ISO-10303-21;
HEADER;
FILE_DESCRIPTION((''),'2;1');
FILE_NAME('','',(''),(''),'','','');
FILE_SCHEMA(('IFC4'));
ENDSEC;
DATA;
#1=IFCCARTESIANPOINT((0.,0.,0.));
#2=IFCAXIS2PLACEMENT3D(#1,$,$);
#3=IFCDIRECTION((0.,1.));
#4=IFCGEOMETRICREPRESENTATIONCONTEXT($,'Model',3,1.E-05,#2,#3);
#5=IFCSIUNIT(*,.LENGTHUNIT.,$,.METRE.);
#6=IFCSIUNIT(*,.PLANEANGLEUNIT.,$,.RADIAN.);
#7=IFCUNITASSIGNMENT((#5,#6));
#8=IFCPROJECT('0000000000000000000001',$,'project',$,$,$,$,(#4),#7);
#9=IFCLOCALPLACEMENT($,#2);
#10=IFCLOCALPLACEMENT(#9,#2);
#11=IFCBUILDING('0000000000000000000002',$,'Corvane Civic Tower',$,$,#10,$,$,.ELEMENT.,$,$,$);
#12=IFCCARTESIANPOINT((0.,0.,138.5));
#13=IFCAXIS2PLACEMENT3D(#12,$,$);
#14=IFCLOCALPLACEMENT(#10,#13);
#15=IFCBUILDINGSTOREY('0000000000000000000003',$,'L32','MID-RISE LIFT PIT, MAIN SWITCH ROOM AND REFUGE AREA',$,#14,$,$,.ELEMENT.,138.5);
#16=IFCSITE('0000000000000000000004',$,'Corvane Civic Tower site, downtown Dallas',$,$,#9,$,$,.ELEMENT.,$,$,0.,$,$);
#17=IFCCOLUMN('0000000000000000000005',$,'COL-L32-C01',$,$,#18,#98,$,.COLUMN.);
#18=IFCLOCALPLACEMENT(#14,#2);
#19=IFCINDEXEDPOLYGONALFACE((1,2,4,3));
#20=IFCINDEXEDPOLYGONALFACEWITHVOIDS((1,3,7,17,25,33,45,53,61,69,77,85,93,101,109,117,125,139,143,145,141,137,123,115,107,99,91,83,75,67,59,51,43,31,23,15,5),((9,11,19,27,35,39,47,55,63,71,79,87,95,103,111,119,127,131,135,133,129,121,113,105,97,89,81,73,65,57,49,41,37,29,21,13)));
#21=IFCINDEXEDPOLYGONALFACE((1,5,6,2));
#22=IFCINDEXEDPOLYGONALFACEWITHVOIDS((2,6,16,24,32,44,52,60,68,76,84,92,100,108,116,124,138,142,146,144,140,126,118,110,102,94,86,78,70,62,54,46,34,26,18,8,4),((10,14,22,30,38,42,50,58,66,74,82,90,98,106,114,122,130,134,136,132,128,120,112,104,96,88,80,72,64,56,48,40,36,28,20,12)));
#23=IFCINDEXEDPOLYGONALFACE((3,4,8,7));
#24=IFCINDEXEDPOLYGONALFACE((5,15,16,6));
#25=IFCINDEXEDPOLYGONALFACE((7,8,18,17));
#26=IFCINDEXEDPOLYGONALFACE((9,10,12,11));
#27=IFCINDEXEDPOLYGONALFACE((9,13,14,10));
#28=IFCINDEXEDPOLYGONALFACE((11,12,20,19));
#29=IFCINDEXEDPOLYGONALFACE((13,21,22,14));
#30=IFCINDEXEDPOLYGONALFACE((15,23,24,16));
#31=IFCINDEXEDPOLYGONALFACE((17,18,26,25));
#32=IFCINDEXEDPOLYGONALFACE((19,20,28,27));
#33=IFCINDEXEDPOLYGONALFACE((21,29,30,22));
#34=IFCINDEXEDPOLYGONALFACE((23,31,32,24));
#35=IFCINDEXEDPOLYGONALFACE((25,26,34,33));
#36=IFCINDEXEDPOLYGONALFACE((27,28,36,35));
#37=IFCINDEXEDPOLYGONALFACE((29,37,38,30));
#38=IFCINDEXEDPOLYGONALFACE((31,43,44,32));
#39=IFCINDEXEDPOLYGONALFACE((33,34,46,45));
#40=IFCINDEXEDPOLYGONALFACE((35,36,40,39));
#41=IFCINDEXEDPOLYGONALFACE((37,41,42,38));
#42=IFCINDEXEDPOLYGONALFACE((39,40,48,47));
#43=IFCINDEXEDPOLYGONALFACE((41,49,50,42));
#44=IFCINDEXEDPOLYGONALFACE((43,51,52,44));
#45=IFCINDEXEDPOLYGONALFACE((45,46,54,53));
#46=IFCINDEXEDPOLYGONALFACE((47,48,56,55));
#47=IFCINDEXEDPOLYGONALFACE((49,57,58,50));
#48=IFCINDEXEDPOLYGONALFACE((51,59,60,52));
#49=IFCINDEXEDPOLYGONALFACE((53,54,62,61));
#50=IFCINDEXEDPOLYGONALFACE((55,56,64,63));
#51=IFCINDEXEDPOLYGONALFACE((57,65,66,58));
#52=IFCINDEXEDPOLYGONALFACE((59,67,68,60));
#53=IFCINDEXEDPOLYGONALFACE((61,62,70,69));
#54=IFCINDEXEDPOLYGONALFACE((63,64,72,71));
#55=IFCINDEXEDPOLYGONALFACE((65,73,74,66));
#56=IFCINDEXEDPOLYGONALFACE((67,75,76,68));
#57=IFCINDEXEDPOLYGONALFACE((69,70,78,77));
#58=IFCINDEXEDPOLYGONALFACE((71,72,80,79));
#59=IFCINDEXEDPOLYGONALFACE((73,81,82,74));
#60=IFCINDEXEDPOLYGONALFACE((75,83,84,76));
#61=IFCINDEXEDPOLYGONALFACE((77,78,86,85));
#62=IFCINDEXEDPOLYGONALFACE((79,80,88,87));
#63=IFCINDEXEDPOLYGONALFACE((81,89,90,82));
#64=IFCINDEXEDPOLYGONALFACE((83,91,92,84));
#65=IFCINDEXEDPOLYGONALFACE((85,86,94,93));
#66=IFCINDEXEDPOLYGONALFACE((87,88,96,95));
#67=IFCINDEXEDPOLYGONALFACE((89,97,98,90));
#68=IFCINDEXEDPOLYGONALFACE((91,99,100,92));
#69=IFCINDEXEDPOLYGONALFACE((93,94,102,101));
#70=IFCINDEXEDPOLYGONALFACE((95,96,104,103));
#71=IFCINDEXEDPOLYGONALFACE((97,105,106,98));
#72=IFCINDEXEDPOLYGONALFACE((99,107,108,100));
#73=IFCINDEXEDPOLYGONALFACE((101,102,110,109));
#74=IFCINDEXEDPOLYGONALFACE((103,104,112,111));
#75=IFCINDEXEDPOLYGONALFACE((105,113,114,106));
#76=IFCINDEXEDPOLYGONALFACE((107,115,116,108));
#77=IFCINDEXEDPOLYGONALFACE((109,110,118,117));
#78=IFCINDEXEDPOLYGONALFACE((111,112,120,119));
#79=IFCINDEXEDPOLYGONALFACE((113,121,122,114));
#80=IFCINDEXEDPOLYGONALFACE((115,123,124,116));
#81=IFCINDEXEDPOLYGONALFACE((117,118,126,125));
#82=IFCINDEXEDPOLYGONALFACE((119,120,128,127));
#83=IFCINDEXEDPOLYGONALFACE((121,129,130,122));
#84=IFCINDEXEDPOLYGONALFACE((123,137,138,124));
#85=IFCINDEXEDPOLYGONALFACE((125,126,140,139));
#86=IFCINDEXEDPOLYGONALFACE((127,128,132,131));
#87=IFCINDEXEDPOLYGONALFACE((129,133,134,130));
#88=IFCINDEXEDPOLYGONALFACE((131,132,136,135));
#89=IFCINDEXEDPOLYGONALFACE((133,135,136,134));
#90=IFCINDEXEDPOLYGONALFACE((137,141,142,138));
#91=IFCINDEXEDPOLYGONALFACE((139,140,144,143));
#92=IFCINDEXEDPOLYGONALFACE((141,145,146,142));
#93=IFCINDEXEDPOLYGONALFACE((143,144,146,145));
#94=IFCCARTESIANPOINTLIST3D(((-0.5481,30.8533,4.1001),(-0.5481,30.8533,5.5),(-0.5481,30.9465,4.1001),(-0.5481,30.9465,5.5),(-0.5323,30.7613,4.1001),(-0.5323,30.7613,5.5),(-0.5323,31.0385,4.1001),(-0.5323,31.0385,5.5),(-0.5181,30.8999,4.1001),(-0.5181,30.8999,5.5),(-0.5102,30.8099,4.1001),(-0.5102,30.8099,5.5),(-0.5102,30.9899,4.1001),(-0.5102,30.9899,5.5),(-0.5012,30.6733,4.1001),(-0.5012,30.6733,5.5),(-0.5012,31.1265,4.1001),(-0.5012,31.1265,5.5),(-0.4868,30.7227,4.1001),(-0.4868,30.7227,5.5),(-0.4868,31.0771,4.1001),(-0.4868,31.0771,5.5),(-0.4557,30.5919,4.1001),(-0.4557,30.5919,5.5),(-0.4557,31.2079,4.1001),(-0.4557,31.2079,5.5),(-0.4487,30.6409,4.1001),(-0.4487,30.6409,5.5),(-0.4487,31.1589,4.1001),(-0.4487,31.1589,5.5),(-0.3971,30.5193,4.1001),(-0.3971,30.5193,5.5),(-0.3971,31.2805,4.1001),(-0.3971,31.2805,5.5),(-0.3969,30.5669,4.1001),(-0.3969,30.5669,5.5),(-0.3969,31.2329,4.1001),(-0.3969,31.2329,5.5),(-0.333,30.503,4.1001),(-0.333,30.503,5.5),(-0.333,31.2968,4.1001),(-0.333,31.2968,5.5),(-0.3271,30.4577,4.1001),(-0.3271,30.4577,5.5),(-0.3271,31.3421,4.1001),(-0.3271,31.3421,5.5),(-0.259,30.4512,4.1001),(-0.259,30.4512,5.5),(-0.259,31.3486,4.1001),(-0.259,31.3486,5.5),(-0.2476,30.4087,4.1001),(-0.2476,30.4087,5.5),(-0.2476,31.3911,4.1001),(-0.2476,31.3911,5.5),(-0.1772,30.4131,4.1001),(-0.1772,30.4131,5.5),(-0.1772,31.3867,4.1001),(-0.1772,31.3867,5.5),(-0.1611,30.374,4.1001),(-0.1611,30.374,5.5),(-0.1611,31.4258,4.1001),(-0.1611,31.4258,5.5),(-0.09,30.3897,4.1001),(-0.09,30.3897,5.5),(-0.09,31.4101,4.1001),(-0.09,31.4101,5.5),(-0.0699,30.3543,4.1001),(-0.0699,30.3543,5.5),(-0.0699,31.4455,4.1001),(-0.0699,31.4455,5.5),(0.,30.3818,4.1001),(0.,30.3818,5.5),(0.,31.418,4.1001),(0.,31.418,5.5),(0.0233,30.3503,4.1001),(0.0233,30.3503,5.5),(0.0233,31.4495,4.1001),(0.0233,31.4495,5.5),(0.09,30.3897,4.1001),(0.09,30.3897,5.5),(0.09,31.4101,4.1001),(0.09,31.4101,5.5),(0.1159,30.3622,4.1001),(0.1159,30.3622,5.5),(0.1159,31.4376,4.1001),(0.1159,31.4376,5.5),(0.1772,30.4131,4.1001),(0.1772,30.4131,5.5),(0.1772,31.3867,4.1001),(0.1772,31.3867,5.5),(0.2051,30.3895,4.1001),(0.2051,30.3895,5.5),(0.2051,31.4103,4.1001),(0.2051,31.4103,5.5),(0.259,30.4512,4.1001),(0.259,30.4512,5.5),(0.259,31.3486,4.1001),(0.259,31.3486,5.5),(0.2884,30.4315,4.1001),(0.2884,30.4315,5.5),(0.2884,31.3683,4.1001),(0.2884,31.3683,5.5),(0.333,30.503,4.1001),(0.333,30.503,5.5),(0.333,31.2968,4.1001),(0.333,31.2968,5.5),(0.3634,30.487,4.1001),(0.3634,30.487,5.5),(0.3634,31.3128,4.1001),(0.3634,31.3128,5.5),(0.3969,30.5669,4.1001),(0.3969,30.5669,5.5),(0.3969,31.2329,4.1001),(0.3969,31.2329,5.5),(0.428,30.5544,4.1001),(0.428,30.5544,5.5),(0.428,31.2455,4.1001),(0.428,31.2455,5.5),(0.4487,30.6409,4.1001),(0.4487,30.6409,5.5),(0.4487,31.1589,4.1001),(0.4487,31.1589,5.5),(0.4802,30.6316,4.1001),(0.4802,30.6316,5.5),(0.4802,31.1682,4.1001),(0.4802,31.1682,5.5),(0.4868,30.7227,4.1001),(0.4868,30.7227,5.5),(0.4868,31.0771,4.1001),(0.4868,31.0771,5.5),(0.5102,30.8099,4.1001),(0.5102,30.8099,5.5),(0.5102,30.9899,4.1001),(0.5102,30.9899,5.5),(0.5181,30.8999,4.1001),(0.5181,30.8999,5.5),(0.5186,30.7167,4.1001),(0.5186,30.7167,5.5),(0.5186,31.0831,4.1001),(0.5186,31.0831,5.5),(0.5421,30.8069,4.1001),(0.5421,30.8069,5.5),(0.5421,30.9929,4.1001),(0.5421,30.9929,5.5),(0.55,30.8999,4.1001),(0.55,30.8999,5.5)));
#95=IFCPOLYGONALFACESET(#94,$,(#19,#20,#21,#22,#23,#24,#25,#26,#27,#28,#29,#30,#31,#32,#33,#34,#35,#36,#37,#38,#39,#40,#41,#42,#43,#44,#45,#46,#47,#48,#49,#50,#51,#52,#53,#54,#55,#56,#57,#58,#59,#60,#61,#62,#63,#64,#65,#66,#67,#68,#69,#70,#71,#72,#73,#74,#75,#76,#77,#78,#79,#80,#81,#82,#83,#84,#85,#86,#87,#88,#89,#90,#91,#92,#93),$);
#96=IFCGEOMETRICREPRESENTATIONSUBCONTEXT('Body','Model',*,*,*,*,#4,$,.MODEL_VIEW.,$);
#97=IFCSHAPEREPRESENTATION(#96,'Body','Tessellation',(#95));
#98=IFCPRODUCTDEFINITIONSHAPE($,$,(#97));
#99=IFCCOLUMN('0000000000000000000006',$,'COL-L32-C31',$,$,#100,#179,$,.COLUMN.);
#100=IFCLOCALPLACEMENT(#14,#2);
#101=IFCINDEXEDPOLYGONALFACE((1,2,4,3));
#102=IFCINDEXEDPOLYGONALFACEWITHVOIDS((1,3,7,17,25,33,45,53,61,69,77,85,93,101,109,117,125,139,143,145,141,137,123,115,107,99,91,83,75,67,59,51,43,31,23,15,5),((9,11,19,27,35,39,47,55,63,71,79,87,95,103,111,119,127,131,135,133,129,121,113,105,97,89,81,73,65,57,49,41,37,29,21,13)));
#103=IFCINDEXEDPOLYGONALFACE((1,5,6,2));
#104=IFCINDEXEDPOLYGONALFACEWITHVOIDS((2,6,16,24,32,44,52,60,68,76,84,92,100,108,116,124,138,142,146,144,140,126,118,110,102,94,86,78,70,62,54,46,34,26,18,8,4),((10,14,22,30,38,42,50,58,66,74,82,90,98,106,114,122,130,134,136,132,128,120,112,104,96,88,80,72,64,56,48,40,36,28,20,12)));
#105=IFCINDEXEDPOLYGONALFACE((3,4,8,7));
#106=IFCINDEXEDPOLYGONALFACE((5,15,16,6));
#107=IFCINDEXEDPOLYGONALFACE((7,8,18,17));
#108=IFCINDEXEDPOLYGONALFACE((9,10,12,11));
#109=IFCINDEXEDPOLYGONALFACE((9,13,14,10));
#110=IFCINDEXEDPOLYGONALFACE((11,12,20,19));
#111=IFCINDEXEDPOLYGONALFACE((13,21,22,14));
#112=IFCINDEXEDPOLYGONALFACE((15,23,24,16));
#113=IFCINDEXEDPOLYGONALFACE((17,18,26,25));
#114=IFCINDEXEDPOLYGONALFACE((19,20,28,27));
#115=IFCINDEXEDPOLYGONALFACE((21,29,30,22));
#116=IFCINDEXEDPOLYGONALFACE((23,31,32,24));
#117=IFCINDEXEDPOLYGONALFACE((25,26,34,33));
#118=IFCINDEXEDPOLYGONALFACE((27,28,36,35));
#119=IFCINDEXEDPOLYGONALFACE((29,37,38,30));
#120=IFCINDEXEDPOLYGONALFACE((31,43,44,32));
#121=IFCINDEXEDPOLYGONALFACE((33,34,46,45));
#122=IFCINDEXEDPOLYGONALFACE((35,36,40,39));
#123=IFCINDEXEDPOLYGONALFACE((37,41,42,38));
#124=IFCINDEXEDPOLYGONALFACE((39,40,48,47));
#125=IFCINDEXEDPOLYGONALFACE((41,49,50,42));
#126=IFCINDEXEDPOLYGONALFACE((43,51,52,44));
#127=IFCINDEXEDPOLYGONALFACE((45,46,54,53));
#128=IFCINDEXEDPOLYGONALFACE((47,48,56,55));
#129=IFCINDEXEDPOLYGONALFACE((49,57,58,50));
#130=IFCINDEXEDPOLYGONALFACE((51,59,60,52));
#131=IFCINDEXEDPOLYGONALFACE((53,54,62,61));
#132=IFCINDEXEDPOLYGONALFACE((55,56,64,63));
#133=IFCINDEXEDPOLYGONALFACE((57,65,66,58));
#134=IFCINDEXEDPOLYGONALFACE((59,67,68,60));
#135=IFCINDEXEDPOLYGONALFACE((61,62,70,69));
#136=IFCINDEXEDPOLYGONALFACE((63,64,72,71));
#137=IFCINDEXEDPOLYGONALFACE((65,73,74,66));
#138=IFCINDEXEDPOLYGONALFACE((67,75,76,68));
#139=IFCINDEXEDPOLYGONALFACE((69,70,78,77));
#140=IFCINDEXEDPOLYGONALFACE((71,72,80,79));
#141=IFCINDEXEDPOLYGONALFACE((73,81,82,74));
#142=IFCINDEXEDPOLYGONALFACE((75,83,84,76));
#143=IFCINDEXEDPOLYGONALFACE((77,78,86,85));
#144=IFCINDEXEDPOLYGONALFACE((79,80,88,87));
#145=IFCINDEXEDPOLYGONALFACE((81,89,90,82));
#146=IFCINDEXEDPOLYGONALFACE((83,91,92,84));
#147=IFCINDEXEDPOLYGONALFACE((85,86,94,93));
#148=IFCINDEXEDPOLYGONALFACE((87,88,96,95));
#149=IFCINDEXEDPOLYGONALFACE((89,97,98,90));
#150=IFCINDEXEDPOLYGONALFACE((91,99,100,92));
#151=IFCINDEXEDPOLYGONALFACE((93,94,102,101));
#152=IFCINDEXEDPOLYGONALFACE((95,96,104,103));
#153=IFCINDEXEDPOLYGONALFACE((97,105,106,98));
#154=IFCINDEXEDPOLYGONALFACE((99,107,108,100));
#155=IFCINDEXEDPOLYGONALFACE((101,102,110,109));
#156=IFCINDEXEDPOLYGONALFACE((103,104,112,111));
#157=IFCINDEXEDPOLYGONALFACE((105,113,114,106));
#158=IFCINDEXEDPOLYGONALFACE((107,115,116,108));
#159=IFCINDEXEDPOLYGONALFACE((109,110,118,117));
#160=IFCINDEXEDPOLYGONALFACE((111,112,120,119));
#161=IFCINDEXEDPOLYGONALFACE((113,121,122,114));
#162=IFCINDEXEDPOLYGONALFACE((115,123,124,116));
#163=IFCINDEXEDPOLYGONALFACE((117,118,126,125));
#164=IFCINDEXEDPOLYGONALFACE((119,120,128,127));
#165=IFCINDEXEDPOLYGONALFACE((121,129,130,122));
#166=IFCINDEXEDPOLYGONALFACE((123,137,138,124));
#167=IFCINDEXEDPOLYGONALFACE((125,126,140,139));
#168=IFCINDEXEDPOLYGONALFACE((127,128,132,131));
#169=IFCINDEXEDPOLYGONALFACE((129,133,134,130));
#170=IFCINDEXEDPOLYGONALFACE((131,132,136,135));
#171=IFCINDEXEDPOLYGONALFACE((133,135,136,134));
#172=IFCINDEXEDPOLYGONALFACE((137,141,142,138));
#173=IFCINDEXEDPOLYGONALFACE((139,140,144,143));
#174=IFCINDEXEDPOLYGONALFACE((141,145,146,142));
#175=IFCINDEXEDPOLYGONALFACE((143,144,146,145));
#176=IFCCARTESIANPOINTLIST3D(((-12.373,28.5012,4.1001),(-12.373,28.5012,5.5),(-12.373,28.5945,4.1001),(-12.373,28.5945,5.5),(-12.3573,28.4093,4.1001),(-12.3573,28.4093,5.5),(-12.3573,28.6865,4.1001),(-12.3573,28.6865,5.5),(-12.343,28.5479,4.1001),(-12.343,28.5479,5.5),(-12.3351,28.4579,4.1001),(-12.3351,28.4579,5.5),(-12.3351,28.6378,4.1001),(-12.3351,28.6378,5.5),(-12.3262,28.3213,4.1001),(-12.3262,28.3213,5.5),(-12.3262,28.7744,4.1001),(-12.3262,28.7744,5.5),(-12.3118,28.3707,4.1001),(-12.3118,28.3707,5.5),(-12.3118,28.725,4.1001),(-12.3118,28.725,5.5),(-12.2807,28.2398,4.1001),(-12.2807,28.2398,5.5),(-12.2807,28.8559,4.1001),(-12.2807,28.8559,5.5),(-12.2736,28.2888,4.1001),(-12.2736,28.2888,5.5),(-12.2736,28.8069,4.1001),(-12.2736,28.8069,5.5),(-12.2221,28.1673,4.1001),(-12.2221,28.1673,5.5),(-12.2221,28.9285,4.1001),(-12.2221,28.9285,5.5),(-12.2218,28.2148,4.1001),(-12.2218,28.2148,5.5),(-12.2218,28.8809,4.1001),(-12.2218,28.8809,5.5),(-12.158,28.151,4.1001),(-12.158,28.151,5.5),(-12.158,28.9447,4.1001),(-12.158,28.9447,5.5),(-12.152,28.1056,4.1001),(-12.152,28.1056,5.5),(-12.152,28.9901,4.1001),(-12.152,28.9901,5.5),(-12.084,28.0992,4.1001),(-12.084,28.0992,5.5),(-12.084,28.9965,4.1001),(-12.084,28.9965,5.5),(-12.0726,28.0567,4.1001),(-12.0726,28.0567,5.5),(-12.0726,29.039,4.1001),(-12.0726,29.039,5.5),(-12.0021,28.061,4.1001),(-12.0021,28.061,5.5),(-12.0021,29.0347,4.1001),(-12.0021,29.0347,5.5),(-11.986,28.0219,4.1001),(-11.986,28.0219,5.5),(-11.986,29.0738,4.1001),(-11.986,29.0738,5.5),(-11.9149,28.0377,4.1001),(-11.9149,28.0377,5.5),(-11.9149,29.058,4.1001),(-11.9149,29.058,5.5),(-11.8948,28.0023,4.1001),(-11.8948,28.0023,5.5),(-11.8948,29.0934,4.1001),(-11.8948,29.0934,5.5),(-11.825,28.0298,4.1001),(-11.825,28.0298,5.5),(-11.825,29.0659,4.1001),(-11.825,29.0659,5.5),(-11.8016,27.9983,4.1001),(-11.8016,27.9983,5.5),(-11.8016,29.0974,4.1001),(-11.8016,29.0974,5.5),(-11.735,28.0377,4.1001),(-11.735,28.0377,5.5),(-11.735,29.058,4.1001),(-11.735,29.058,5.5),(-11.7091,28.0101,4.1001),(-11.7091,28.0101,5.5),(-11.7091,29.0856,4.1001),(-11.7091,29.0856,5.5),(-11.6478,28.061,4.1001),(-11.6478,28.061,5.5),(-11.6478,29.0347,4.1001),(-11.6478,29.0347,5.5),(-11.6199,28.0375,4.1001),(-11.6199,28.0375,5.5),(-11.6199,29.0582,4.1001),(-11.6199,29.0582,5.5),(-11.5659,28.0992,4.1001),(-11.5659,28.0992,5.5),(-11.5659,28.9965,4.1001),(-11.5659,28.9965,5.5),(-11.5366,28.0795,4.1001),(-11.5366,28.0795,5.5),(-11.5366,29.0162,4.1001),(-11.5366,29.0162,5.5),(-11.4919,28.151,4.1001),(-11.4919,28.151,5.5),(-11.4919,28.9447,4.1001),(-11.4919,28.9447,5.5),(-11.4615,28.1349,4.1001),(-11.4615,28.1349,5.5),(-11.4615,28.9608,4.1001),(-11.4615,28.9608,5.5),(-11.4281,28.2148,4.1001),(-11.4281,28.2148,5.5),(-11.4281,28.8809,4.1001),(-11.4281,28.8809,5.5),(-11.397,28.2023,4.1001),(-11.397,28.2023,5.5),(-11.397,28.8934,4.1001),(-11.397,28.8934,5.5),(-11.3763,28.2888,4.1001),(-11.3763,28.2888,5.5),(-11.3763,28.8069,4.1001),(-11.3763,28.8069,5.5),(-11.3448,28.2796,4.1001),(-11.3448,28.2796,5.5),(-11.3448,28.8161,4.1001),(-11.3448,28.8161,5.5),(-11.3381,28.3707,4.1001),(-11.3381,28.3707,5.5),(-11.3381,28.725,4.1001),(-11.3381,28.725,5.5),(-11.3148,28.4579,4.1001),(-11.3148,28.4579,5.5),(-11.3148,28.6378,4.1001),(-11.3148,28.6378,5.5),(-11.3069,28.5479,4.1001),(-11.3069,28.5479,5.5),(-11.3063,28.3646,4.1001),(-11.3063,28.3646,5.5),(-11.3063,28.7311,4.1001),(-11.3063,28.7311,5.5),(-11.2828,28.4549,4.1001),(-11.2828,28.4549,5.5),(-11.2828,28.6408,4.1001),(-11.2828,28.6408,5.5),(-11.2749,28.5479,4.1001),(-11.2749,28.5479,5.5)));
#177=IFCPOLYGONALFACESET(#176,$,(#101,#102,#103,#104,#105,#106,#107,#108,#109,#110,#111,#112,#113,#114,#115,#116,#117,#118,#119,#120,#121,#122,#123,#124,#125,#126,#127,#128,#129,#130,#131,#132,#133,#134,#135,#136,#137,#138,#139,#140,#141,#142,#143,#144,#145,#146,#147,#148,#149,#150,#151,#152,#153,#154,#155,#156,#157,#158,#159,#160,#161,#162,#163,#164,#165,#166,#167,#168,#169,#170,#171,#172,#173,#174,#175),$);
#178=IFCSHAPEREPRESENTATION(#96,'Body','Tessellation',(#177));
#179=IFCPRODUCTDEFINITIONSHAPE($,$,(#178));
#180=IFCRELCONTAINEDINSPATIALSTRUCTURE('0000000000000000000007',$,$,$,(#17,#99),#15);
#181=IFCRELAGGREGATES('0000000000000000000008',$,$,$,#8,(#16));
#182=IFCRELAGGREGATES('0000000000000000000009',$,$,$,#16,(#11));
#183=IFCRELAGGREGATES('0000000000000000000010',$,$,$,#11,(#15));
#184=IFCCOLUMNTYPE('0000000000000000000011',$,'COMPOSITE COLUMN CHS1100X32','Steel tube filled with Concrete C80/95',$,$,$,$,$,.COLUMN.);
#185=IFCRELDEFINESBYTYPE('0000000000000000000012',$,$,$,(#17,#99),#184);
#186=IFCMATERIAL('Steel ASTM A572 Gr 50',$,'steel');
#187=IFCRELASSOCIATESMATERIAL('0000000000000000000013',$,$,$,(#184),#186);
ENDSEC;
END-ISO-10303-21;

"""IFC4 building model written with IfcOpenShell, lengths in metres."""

from ifc_helpers import new_model, si_unit, direction, frame, origin, origin_2d, place, context, subcontext, project, spatial, hollow_circle, extrude, material, material_profile, profile_set, type_object, element, save


model = new_model("IFC4")

# Units and contexts
model_context = context("Model", 3, precision=1e-05, world=origin(), true_north=direction((0.0, 1.0)))
body_context = subcontext(model_context, "Body", "Model", "MODEL_VIEW")
ifc_project = project(units=[si_unit("LENGTHUNIT", "METRE"), si_unit("PLANEANGLEUNIT", "RADIAN")], contexts=[model_context])

# Site, building, storey
site_placement = place(None, origin())
site = spatial("IfcSite", under=ifc_project, at=site_placement, Name="Corvane Civic Tower site, downtown Dallas", CompositionType="ELEMENT", RefElevation=0.0)
building_placement = place(site_placement, origin())
building = spatial("IfcBuilding", under=site, at=building_placement, Name="Corvane Civic Tower", CompositionType="ELEMENT")
storey_placement = place(building_placement, frame((0.0, 0.0, 138.5)))
storey = spatial("IfcBuildingStorey", under=building, at=storey_placement, Name="L32", Description="MID-RISE LIFT PIT, MAIN SWITCH ROOM AND REFUGE AREA", CompositionType="ELEMENT", Elevation=138.5)

# Columns
ifc_material_1 = material(Name="Steel ASTM A572 Gr 50", Category="steel")
ifc_material_profile_1 = material_profile(ifc_material_1, hollow_circle(Radius=0.55, WallThickness=0.032, at=origin_2d()), Name="CHS1100X32")
ifc_profile_set_1 = profile_set([ifc_material_profile_1], Name="Steel ASTM A572 Gr 50")
column_type = type_object("IfcColumnType", Name="COMPOSITE COLUMN CHS1100X32", Description="Steel tube filled with Concrete C80/95", PredefinedType="COLUMN", material=ifc_profile_set_1)
for number, where, z_axis, x_axis, name in (
    (1, (0.0, 30.8999, 4.1001), (0.0, 0.0, 1.0), (1.0, 0.0, 0.0), "COL-L32-C01"),
    (2, (-11.825, 28.5479, 4.1001), (0.0, 0.0, 1.0), (1.0, 0.0, 0.0), "COL-L32-C31"),
):
    element("IfcColumn", number, at=place(storey_placement, frame(where, z_axis=z_axis, x_axis=x_axis)), inside=storey, type_object=column_type, Name=name, PredefinedType="COLUMN", context=body_context, shape_type="SweptSolid", body=[
        extrude(hollow_circle(Radius=0.55, WallThickness=0.032, at=origin_2d()), origin(), (0.0, 0.0, 1.0), 1.3999),
    ])

save(model, "model.ifc")
